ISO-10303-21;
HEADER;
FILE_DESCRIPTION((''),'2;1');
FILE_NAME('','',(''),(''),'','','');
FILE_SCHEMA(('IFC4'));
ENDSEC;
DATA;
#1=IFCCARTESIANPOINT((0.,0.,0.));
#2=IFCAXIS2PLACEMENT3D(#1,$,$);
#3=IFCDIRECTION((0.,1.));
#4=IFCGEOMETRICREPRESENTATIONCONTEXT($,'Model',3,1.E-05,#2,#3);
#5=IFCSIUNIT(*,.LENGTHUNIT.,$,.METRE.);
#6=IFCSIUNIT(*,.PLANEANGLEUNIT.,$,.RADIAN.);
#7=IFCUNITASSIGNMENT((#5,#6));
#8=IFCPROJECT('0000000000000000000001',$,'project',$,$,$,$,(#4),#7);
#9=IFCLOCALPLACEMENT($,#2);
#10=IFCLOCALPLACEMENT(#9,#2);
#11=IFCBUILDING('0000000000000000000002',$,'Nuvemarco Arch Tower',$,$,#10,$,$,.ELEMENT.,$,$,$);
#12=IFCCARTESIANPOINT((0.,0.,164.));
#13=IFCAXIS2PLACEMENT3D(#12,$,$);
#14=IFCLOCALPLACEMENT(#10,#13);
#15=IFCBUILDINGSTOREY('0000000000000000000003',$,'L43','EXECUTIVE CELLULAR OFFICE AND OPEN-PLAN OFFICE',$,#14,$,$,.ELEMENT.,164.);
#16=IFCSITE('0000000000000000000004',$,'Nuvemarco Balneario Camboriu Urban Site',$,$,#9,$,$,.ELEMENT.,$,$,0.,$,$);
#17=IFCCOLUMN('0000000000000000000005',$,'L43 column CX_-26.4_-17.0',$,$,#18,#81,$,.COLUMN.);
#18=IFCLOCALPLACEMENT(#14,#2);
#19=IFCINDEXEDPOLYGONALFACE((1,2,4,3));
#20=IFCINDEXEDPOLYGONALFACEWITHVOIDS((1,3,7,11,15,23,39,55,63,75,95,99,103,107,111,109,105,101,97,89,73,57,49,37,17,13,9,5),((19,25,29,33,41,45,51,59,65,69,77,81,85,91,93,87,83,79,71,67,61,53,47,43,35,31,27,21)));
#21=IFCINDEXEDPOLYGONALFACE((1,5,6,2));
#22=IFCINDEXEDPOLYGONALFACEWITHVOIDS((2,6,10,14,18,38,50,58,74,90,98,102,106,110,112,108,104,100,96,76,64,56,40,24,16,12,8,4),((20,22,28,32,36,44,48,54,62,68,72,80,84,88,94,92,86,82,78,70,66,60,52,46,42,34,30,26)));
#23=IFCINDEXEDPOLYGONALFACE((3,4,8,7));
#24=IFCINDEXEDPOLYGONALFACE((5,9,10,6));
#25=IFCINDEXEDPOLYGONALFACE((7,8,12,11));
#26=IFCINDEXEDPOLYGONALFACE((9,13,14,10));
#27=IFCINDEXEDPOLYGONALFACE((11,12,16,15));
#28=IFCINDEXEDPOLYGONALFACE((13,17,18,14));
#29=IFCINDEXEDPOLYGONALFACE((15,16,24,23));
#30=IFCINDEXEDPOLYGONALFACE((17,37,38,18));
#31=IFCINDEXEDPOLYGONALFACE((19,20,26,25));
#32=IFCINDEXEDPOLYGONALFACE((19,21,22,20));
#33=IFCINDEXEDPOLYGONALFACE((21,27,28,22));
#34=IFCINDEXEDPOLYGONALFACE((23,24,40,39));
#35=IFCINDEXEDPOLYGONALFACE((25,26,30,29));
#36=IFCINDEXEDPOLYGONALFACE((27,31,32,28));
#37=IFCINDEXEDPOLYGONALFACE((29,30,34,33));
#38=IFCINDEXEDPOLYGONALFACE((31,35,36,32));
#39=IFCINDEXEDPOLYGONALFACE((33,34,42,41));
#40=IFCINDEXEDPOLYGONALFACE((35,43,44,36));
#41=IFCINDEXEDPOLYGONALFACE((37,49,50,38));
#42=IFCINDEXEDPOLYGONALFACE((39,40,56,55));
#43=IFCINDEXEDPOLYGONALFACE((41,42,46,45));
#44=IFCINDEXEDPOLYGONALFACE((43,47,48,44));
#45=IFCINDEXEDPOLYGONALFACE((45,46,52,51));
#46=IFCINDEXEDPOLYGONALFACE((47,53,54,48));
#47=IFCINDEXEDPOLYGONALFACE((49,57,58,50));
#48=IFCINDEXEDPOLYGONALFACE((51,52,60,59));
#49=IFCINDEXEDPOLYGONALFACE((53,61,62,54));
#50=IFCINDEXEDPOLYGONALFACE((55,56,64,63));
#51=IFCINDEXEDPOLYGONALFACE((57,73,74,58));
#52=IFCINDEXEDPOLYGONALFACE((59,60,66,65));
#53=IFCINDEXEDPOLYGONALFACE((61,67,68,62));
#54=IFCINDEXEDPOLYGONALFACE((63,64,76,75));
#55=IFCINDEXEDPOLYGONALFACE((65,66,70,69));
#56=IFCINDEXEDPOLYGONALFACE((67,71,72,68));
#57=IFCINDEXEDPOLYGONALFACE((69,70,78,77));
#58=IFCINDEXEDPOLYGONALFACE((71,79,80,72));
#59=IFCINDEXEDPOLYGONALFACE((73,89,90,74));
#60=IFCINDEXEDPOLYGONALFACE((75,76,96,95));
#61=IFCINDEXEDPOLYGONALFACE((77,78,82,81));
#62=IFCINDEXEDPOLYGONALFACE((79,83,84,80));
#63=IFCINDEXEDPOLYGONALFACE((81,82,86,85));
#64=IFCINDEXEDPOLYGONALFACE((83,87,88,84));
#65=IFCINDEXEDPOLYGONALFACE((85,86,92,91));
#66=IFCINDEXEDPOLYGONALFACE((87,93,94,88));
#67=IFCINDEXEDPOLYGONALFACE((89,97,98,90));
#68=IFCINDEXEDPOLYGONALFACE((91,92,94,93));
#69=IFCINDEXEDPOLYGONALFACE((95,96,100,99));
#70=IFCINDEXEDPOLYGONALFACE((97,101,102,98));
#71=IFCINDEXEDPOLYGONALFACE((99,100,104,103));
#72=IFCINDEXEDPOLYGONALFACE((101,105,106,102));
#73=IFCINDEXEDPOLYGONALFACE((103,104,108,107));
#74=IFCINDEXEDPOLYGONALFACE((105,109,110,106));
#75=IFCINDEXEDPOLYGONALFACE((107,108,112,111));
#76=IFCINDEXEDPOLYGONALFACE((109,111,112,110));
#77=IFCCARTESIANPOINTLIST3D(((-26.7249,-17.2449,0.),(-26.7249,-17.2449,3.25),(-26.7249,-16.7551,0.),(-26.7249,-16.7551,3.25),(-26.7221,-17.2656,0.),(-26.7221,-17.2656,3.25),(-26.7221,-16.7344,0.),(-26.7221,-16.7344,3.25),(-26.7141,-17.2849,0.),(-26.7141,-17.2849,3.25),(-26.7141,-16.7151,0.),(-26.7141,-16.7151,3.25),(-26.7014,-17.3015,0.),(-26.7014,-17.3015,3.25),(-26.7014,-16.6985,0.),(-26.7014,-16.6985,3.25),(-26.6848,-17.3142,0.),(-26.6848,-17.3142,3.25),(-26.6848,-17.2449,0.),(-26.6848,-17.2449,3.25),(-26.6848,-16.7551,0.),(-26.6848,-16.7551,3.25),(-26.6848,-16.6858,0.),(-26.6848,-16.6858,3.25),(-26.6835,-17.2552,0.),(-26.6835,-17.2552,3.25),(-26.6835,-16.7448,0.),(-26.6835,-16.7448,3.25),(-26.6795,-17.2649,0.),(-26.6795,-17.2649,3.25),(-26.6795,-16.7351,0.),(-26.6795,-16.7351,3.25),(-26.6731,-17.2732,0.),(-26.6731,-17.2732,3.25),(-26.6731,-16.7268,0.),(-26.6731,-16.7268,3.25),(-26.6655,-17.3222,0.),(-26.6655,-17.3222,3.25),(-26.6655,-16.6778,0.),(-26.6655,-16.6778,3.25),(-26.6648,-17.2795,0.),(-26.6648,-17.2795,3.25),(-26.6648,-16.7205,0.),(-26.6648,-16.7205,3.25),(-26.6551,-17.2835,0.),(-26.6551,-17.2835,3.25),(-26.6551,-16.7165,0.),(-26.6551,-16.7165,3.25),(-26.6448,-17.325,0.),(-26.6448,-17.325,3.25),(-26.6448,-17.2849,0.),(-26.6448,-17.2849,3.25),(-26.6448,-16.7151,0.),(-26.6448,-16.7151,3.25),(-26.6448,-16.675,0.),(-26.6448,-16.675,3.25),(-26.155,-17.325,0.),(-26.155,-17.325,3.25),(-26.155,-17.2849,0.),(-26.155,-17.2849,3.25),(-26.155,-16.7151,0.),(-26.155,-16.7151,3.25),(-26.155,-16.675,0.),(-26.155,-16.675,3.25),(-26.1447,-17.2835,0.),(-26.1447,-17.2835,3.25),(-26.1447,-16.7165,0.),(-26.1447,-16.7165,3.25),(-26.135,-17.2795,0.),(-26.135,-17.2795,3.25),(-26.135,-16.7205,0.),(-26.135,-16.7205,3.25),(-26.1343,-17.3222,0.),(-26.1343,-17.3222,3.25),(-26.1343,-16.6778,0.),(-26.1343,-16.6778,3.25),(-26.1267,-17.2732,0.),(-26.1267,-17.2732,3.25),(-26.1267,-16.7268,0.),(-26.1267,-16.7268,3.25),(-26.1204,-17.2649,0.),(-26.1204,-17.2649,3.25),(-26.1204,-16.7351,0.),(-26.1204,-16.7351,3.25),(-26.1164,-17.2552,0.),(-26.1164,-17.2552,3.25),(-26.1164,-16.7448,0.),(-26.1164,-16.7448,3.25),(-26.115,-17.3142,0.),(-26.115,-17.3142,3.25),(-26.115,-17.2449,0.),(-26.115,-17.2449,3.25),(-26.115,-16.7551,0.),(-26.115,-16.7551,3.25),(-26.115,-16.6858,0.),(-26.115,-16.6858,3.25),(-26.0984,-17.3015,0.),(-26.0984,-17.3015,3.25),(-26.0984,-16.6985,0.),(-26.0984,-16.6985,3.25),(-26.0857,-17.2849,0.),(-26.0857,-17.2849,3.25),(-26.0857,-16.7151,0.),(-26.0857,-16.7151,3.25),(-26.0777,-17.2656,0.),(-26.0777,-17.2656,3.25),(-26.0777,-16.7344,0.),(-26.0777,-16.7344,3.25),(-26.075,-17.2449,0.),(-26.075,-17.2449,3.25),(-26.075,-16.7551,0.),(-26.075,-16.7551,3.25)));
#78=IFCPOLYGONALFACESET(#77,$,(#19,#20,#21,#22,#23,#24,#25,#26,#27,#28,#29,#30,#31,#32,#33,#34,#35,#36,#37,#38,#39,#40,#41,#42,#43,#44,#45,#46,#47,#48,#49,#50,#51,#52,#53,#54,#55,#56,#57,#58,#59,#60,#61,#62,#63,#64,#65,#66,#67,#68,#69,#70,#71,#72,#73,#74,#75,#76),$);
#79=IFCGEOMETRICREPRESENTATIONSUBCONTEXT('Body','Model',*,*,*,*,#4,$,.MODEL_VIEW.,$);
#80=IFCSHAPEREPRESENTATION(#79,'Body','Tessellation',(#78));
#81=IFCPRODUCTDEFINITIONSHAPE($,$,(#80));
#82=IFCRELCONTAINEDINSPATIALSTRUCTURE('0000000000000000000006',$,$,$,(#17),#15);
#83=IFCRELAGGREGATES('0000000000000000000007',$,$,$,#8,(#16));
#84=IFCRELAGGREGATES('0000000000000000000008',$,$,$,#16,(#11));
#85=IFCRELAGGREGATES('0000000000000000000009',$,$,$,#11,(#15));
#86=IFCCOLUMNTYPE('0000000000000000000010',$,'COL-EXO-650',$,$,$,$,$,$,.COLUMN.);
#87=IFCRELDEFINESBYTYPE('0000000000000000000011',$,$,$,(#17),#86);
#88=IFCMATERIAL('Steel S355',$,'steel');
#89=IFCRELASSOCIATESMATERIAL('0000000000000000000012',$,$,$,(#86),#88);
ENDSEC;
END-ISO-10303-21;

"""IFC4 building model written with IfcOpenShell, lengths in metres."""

from ifc_helpers import new_model, si_unit, direction, frame, origin, origin_2d, place, context, subcontext, project, spatial, hollow_rectangle, extrude, material, material_profile, profile_set, type_object, element, save


model = new_model("IFC4")

# Units and contexts
model_context = context("Model", 3, precision=1e-05, world=origin(), true_north=direction((0.0, 1.0)))
body_context = subcontext(model_context, "Body", "Model", "MODEL_VIEW")
ifc_project = project(units=[si_unit("LENGTHUNIT", "METRE"), si_unit("PLANEANGLEUNIT", "RADIAN")], contexts=[model_context])

# Site, building, storey
site_placement = place(None, origin())
site = spatial("IfcSite", under=ifc_project, at=site_placement, Name="Nuvemarco Balneario Camboriu Urban Site", CompositionType="ELEMENT", RefElevation=0.0)
building_placement = place(site_placement, origin())
building = spatial("IfcBuilding", under=site, at=building_placement, Name="Nuvemarco Arch Tower", CompositionType="ELEMENT")
storey_placement = place(building_placement, frame((0.0, 0.0, 164.0)))
storey = spatial("IfcBuildingStorey", under=building, at=storey_placement, Name="L43", Description="EXECUTIVE CELLULAR OFFICE AND OPEN-PLAN OFFICE", CompositionType="ELEMENT", Elevation=164.0)

# Column
ifc_material_1 = material(Name="Steel S355", Category="steel")
ifc_material_profile = material_profile(ifc_material_1, hollow_rectangle(XDim=0.6499, YDim=0.6499, WallThickness=0.04, InnerFilletRadius=0.04, OuterFilletRadius=0.0801, at=origin_2d()), Name="SHS650x650x40")
ifc_profile_set = profile_set([ifc_material_profile], Name="Steel S355")
column_type = type_object("IfcColumnType", Name="COL-EXO-650", PredefinedType="COLUMN", material=ifc_profile_set)
column_placement = place(storey_placement, frame((-26.3999, -17.0, 0.0), z_axis=(0.0, 0.0, 1.0), x_axis=(1.0, 0.0, 0.0)))
element("IfcColumn", 1, at=column_placement, inside=storey, type_object=column_type, Name="L43 column CX_-26.4_-17.0", PredefinedType="COLUMN", context=body_context, shape_type="SweptSolid", body=[
    extrude(hollow_rectangle(XDim=0.6499, YDim=0.6499, WallThickness=0.04, InnerFilletRadius=0.04, OuterFilletRadius=0.0801, at=origin_2d()), origin(), (0.0, 0.0, 1.0), 3.25),
])

save(model, "model.ifc")
